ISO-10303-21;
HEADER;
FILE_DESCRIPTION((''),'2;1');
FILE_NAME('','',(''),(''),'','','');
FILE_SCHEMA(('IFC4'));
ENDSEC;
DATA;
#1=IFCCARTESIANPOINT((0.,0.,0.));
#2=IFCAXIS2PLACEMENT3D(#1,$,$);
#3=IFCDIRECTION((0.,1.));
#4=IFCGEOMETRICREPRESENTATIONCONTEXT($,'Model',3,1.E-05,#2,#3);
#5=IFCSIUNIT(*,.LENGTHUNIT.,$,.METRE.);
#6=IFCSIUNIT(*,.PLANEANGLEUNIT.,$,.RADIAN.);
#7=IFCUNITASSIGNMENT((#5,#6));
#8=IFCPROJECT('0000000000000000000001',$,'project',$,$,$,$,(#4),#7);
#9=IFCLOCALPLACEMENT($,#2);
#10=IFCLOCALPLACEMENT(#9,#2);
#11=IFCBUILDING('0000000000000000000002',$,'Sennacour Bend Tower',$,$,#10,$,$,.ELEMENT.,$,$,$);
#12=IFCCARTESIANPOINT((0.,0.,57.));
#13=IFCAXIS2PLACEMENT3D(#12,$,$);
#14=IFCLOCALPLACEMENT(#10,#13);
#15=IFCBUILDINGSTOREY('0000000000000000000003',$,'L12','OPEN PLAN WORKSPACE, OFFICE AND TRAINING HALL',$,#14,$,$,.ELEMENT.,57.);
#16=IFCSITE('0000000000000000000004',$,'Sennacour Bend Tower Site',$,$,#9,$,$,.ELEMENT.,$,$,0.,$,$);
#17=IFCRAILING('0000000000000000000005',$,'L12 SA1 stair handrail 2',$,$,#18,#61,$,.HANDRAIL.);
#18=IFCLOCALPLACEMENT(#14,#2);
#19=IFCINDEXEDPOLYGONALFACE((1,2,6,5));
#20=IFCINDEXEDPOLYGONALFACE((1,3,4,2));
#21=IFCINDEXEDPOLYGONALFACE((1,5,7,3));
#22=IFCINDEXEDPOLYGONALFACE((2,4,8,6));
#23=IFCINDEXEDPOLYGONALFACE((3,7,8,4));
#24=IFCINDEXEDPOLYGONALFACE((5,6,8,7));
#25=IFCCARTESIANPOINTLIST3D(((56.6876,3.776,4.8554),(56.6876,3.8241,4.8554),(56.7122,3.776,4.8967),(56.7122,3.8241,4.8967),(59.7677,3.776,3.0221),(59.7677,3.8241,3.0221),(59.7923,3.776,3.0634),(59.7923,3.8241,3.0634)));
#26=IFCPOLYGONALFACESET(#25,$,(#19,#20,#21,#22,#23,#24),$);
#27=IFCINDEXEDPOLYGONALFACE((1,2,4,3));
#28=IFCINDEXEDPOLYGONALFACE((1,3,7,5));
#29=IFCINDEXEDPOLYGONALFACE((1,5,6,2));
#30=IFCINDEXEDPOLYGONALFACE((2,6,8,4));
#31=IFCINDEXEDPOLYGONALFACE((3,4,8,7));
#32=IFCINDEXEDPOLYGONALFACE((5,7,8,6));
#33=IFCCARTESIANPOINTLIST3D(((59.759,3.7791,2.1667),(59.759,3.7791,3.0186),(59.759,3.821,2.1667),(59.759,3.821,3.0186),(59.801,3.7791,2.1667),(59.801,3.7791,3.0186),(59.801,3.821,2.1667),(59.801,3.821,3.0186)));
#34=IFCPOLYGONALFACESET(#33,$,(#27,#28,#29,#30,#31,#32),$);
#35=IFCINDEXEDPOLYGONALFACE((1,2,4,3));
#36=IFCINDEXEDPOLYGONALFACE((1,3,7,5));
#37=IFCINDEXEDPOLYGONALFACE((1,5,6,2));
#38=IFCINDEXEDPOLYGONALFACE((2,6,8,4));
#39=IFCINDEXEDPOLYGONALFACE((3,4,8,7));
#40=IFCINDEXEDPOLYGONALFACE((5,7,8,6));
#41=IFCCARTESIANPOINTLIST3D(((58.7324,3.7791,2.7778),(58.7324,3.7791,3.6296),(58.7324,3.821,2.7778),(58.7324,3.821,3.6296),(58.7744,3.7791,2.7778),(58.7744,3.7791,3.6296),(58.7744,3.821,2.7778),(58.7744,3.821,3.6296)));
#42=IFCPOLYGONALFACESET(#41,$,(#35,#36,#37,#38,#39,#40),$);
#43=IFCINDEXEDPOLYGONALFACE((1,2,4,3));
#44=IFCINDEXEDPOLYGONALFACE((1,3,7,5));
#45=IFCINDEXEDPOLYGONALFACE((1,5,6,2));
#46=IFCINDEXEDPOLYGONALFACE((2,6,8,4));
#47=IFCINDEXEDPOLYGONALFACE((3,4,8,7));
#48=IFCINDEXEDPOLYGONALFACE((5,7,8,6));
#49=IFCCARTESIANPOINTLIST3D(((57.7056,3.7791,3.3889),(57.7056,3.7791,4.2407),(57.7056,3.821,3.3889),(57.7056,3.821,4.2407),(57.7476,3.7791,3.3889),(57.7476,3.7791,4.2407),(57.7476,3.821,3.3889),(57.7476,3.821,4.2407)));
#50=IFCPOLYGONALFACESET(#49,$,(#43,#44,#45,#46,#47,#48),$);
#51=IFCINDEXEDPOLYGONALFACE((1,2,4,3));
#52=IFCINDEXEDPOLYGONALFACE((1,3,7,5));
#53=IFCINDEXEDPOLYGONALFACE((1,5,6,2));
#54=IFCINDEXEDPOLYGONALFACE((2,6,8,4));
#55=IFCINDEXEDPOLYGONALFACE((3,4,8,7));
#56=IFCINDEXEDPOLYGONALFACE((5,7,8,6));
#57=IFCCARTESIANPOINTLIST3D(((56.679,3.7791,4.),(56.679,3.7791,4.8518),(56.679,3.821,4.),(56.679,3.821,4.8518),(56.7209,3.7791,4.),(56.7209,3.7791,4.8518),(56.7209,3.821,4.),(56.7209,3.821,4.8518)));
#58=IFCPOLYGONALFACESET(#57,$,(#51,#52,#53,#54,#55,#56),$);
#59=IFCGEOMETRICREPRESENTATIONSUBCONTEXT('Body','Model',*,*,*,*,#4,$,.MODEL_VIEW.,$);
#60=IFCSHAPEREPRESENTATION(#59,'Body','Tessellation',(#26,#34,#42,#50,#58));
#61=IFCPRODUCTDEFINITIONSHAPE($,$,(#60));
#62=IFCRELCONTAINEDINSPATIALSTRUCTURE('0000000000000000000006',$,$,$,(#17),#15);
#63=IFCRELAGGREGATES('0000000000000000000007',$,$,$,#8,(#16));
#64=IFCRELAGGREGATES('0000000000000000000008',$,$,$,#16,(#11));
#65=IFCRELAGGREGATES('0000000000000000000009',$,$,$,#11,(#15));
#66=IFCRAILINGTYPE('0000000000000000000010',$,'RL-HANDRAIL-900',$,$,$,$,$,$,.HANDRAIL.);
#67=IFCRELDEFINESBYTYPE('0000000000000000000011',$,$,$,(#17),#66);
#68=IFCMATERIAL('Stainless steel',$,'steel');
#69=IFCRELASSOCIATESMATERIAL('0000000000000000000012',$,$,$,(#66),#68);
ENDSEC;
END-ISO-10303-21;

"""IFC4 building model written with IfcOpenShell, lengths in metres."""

from ifc_helpers import new_model, si_unit, direction, frame, origin, origin_2d, place, context, subcontext, project, spatial, rectangle, extrude, material, type_object, element, save


model = new_model("IFC4")

# Units and contexts
model_context = context("Model", 3, precision=1e-05, world=origin(), true_north=direction((0.0, 1.0)))
body_context = subcontext(model_context, "Body", "Model", "MODEL_VIEW")
ifc_project = project(units=[si_unit("LENGTHUNIT", "METRE"), si_unit("PLANEANGLEUNIT", "RADIAN")], contexts=[model_context])

# Site, building, storey
site_placement = place(None, origin())
site = spatial("IfcSite", under=ifc_project, at=site_placement, Name="Sennacour Bend Tower Site", CompositionType="ELEMENT", RefElevation=0.0)
building_placement = place(site_placement, origin())
building = spatial("IfcBuilding", under=site, at=building_placement, Name="Sennacour Bend Tower", CompositionType="ELEMENT")
storey_placement = place(building_placement, frame((0.0, 0.0, 57.0)))
storey = spatial("IfcBuildingStorey", under=building, at=storey_placement, Name="L12", Description="OPEN PLAN WORKSPACE, OFFICE AND TRAINING HALL", CompositionType="ELEMENT", Elevation=57.0)

# Shared definitions
ifc_material_1 = material(Name="Stainless steel", Category="steel")

# Railing
railing_type_1 = type_object("IfcRailingType", Name="RL-HANDRAIL-900", PredefinedType="HANDRAIL", material=ifc_material_1)
railing_1_placement = place(storey_placement, frame((59.78, 3.8, 2.1667)))
element("IfcRailing", 1, at=railing_1_placement, inside=storey, type_object=railing_type_1, Name="L12 SA1 stair handrail 2", PredefinedType="HANDRAIL", context=body_context, shape_type="SweptSolid", body=[
    extrude(rectangle(XDim=0.0481, YDim=0.0481, at=origin_2d()), frame((0.0, 0.0, 0.876), z_axis=(-0.859309, 0.0, 0.511458), x_axis=(0.0, -1.0, 0.0)), (0.0, 0.0, 1.0), 3.5845),
    extrude(rectangle(XDim=0.042, YDim=0.042, at=origin_2d()), origin(), (0.0, 0.0, 1.0), 0.8518),
    extrude(rectangle(XDim=0.042, YDim=0.042, at=origin_2d()), frame((-1.0266, 0.0, 0.6111)), (0.0, 0.0, 1.0), 0.8518),
    extrude(rectangle(XDim=0.042, YDim=0.042, at=origin_2d()), frame((-2.0535, 0.0, 1.2222)), (0.0, 0.0, 1.0), 0.8518),
    extrude(rectangle(XDim=0.042, YDim=0.042, at=origin_2d()), frame((-3.0801, 0.0, 1.8333)), (0.0, 0.0, 1.0), 0.8518),
])

save(model, "model.ifc")
